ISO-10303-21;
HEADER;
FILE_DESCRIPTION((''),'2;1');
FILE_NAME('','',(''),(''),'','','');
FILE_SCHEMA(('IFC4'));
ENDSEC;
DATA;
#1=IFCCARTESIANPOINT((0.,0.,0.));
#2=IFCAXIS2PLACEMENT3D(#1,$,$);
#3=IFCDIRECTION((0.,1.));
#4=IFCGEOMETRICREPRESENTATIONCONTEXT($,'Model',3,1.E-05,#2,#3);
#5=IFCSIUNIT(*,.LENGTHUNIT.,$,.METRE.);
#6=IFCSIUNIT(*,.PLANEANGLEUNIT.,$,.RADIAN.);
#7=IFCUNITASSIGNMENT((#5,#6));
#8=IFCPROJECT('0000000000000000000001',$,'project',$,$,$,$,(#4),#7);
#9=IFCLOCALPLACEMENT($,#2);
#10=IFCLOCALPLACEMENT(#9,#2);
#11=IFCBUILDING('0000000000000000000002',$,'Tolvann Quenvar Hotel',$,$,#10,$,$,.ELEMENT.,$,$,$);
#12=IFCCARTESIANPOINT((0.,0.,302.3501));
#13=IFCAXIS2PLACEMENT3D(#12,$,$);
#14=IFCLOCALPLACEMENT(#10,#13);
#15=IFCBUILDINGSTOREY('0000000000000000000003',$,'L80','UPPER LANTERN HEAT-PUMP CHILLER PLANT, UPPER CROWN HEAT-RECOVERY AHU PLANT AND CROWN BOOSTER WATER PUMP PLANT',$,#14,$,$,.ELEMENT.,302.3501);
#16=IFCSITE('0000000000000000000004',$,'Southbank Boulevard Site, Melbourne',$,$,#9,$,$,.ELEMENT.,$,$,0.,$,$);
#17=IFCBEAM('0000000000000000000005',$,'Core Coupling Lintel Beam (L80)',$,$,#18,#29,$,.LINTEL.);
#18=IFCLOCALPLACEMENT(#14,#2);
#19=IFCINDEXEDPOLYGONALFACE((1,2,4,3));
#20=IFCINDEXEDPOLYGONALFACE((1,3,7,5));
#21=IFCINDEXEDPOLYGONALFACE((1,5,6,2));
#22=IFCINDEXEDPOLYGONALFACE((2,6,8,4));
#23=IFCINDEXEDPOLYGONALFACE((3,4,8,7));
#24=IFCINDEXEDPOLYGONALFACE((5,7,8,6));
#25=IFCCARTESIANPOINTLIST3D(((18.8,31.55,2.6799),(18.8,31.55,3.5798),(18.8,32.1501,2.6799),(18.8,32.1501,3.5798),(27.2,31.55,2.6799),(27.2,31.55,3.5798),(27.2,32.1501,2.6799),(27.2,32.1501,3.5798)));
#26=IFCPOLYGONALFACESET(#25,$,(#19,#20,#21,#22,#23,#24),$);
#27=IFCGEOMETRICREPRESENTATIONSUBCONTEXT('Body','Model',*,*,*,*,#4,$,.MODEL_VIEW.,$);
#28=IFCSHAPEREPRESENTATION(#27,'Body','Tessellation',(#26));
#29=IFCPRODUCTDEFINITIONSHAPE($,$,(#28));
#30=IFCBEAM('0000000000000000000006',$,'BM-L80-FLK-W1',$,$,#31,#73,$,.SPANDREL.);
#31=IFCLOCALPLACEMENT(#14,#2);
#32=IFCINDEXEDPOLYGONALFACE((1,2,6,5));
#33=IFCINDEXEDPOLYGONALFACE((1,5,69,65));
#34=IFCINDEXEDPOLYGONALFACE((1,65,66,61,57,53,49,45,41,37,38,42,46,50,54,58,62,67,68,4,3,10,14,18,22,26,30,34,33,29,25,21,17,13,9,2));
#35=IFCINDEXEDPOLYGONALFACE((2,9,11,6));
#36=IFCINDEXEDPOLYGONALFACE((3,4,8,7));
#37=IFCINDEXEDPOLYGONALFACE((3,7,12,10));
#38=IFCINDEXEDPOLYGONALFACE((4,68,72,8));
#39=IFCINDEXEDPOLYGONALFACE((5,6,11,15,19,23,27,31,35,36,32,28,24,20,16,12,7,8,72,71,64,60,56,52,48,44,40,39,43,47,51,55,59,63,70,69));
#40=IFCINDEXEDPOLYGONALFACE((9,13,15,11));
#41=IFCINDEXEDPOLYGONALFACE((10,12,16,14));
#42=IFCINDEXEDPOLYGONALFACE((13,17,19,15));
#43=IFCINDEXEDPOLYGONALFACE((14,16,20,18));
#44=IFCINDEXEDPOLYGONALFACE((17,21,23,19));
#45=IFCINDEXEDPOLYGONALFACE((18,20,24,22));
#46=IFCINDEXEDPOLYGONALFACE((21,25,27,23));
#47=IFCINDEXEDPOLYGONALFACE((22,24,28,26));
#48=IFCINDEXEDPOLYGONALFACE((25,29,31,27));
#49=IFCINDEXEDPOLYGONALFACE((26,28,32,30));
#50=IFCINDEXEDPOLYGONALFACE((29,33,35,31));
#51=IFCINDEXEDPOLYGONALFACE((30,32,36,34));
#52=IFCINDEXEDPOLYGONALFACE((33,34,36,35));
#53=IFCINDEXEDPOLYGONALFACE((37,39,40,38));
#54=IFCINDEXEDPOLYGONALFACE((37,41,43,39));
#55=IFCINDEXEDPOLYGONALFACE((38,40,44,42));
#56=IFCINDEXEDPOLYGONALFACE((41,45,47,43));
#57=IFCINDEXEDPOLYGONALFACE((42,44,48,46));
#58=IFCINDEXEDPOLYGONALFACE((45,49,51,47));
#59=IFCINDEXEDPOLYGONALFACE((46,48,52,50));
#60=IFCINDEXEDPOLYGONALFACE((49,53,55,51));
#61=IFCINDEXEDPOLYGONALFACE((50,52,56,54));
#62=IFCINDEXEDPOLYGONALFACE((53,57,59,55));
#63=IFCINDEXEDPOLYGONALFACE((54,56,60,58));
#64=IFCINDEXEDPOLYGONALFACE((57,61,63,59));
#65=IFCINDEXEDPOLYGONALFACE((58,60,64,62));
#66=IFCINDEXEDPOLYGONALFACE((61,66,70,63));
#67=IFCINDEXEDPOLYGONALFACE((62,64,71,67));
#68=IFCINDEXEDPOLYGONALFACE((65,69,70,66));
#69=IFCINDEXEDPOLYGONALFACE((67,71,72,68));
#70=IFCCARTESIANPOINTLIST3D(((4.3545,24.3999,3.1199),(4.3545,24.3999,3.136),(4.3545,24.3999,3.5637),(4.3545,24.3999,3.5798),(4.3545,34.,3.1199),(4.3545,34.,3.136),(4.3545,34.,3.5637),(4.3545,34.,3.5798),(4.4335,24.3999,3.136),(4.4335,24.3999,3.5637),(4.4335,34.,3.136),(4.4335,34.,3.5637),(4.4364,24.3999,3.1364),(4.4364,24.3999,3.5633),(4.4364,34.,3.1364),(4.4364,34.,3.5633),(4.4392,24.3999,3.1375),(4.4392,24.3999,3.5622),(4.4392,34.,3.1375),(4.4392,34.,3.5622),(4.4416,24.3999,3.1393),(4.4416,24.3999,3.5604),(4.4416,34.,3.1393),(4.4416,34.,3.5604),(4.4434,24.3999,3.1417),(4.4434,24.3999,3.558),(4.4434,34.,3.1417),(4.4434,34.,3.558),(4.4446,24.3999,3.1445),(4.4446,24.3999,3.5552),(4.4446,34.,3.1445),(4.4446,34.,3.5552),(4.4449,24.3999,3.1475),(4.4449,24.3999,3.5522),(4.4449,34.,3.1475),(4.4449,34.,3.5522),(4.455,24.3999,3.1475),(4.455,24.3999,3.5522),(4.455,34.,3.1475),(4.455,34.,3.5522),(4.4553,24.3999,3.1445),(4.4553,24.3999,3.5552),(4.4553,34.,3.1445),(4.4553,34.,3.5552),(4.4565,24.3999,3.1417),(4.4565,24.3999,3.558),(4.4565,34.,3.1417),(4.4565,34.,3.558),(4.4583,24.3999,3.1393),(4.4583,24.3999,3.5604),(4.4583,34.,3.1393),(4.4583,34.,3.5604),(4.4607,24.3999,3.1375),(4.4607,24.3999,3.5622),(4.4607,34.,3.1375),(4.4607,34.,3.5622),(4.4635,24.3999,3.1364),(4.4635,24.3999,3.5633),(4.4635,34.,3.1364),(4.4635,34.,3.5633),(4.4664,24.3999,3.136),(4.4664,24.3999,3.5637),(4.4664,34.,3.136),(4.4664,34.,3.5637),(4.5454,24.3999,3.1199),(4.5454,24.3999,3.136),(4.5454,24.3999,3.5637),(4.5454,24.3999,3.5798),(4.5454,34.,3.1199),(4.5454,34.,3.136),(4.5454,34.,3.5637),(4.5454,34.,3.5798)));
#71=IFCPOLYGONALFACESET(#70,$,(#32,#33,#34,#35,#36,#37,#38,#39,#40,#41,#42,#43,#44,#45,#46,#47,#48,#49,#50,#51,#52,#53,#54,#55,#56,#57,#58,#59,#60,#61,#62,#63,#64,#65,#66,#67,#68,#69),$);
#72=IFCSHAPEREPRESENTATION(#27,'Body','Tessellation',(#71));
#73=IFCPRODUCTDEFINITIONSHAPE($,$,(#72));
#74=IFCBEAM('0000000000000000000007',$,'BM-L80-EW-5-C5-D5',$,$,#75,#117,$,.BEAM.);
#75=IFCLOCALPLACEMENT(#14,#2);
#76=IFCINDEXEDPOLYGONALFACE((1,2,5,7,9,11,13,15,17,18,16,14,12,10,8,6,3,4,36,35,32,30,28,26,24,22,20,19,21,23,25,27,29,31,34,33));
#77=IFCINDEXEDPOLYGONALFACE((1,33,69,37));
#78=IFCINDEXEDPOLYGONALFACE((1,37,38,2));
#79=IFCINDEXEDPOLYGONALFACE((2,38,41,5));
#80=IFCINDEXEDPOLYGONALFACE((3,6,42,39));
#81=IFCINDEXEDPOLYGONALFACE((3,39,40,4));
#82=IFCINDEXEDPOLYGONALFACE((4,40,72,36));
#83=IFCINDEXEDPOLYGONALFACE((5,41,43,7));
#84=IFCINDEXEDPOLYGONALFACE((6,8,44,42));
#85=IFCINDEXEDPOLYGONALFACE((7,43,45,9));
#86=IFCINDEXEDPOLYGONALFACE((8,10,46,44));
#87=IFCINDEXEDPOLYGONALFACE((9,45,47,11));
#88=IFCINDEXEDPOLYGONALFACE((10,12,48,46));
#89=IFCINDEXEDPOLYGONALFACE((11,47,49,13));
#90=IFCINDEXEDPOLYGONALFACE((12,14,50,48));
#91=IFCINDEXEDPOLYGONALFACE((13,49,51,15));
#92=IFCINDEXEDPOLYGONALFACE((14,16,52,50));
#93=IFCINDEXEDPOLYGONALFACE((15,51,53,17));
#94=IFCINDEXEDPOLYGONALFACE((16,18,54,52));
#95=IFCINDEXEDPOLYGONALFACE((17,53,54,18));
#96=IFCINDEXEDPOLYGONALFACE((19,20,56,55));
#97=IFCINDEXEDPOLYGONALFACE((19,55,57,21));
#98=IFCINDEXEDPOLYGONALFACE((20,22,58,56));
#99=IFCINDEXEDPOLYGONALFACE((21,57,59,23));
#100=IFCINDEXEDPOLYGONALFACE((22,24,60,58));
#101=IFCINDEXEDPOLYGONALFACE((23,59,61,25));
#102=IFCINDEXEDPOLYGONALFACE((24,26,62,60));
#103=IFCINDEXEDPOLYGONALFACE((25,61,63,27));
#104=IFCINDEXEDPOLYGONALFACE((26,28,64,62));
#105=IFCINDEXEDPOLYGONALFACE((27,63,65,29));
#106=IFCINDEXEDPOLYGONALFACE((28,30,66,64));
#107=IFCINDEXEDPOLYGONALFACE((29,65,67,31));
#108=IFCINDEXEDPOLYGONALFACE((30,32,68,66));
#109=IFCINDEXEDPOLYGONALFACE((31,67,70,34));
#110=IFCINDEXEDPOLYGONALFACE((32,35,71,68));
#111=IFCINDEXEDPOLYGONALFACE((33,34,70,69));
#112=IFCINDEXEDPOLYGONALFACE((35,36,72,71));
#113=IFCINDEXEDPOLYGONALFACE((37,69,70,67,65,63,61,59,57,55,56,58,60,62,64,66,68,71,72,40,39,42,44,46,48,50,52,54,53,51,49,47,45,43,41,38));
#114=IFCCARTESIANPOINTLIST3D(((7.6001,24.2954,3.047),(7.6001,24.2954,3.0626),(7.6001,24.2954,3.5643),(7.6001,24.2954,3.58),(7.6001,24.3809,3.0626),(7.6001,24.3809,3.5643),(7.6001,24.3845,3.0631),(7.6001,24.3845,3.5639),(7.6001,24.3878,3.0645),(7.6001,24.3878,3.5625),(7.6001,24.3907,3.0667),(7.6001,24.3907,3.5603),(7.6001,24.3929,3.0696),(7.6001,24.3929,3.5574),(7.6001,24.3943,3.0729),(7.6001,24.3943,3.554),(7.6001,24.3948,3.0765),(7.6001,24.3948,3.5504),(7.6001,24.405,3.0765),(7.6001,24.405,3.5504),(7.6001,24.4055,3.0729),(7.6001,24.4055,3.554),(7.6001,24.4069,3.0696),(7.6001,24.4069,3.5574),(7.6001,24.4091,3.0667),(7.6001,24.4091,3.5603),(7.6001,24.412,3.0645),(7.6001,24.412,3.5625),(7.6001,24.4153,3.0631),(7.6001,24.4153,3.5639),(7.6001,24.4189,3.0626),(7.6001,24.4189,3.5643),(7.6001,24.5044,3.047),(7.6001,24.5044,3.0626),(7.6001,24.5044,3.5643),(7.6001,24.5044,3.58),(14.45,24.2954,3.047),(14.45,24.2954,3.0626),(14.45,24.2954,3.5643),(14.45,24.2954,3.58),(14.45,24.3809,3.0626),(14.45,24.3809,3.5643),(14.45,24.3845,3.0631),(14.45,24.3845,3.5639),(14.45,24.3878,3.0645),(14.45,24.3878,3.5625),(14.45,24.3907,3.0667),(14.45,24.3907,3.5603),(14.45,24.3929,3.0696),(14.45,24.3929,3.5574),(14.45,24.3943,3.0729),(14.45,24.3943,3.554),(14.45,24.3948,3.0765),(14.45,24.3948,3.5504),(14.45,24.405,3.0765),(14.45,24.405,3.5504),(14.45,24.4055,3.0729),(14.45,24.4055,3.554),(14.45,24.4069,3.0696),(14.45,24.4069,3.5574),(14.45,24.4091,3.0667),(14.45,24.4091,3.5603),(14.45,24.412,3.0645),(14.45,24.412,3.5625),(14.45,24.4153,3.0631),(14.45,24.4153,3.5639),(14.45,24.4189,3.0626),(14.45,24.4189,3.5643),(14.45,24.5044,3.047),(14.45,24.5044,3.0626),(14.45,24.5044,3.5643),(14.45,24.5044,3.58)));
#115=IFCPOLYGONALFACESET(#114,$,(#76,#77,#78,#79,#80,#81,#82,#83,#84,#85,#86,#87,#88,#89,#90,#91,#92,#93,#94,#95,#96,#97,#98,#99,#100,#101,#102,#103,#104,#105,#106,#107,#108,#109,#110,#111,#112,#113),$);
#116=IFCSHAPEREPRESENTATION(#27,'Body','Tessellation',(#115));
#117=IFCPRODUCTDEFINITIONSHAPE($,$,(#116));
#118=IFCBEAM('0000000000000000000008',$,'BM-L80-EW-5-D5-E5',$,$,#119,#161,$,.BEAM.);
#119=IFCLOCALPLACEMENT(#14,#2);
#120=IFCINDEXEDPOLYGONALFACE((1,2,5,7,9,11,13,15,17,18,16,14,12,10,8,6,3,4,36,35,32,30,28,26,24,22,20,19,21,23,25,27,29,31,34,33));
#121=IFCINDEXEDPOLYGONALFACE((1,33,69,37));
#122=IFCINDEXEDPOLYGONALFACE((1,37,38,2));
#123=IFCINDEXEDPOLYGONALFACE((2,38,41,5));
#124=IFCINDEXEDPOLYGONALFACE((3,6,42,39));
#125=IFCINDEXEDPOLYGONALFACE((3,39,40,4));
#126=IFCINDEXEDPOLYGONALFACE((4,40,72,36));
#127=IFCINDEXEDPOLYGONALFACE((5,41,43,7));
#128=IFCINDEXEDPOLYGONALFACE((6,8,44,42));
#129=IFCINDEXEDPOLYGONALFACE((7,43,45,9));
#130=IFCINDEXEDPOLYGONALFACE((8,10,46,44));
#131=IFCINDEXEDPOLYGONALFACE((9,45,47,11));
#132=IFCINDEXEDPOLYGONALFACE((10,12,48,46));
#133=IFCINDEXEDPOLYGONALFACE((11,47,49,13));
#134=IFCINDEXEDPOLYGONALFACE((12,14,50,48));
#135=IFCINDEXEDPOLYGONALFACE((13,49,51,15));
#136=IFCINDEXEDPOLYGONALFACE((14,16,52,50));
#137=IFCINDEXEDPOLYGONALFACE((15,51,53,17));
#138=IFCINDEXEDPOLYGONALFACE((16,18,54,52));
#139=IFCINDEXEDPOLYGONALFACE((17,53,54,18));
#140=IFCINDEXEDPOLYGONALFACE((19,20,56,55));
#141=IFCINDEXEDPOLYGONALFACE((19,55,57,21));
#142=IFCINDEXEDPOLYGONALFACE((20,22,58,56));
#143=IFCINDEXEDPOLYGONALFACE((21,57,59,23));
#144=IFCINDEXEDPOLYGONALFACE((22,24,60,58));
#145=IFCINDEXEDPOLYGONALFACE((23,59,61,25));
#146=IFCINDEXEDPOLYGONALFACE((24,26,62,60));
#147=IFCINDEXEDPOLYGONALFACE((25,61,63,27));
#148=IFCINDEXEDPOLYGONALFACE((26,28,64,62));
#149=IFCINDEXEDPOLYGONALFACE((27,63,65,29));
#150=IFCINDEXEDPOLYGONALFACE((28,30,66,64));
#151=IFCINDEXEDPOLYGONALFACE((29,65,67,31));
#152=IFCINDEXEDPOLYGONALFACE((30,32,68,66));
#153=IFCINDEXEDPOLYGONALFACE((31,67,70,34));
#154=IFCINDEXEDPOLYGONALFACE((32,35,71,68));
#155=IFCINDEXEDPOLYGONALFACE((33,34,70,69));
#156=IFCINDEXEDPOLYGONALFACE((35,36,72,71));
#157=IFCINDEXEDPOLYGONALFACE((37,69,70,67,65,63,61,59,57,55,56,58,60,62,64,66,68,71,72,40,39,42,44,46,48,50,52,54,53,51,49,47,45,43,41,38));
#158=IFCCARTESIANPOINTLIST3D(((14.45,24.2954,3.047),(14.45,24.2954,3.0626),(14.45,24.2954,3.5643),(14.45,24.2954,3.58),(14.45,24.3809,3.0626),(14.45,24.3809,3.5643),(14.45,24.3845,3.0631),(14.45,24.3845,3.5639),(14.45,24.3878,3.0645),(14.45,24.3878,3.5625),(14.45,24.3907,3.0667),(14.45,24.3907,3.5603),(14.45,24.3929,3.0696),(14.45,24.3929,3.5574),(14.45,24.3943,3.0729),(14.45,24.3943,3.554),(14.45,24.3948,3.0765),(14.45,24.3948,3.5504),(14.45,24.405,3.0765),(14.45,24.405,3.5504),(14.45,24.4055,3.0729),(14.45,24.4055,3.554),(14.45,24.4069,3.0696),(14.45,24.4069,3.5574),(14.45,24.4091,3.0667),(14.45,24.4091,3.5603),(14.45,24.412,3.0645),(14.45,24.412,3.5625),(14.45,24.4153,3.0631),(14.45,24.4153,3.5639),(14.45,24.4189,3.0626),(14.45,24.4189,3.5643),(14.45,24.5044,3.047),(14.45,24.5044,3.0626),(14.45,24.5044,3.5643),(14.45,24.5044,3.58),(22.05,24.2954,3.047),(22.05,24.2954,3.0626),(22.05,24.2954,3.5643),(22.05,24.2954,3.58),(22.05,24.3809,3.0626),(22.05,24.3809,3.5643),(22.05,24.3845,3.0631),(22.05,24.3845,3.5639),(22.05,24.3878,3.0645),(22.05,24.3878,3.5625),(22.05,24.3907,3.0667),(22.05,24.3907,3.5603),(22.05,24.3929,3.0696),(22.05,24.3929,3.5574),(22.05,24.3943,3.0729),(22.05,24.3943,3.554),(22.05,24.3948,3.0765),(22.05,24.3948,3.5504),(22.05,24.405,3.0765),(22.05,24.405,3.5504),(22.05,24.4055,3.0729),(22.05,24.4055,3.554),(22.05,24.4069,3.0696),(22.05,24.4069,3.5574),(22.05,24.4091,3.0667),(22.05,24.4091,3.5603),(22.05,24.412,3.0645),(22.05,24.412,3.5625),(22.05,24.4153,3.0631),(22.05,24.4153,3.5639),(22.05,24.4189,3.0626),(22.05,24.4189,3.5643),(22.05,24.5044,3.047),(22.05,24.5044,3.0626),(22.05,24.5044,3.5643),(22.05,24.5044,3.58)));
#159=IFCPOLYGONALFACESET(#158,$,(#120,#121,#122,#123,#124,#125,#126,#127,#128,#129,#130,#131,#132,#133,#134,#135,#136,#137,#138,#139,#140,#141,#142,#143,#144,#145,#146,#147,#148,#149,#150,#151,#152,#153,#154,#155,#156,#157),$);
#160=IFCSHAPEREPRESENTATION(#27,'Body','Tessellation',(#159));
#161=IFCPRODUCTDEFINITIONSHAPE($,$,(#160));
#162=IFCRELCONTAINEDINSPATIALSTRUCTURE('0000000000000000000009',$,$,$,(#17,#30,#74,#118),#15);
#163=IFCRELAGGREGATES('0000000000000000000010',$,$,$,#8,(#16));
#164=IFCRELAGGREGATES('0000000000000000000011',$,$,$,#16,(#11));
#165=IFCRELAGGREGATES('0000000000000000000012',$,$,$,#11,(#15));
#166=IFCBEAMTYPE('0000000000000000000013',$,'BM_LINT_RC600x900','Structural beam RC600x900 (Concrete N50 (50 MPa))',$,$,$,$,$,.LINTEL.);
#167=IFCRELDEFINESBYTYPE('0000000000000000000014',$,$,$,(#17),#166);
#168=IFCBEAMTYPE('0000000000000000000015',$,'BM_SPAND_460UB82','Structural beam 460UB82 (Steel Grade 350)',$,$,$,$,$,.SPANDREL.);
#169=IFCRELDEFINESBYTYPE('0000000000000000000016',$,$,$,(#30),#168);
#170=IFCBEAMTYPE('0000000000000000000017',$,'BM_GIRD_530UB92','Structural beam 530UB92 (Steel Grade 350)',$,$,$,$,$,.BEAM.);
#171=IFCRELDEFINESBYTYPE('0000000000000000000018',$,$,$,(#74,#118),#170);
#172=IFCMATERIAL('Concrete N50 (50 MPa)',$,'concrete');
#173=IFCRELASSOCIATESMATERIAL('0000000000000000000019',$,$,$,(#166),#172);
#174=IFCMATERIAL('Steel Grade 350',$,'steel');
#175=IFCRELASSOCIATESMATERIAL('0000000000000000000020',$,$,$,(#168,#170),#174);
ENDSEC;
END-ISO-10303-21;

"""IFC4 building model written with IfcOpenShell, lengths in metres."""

from ifc_helpers import new_model, si_unit, direction, frame, origin, origin_2d, place, context, subcontext, project, spatial, rectangle, i_section, extrude, source, transform, mapped, material, material_profile, profile_set, type_object, type_shapes, element, save


model = new_model("IFC4")

# Units and contexts
model_context = context("Model", 3, precision=1e-05, world=origin(), true_north=direction((0.0, 1.0)))
body_context = subcontext(model_context, "Body", "Model", "MODEL_VIEW")
ifc_project = project(units=[si_unit("LENGTHUNIT", "METRE"), si_unit("PLANEANGLEUNIT", "RADIAN")], contexts=[model_context])

# Site, building, storey
site_placement = place(None, origin())
site = spatial("IfcSite", under=ifc_project, at=site_placement, Name="Southbank Boulevard Site, Melbourne", CompositionType="ELEMENT", RefElevation=0.0)
building_placement = place(site_placement, origin())
building = spatial("IfcBuilding", under=site, at=building_placement, Name="Tolvann Quenvar Hotel", CompositionType="ELEMENT")
storey_placement = place(building_placement, frame((0.0, 0.0, 302.3501)))
storey = spatial("IfcBuildingStorey", under=building, at=storey_placement, Name="L80", Description="UPPER LANTERN HEAT-PUMP CHILLER PLANT, UPPER CROWN HEAT-RECOVERY AHU PLANT AND CROWN BOOSTER WATER PUMP PLANT", CompositionType="ELEMENT", Elevation=302.3501)

# Beams
ifc_material_1 = material(Name="Concrete N50 (50 MPa)", Category="concrete")
ifc_material_profile_1 = material_profile(ifc_material_1, rectangle(XDim=0.6001, YDim=0.8999, at=origin_2d()), Name="RC600x900")
ifc_profile_set_1 = profile_set([ifc_material_profile_1], Name="Concrete N50 (50 MPa)")
beam_type_1 = type_object("IfcBeamType", Name="BM_LINT_RC600x900", Description="Structural beam RC600x900 (Concrete N50 (50 MPa))", PredefinedType="LINTEL", material=ifc_profile_set_1)
shared_shape_1 = source(origin(), body_context, "Body", "SweptSolid", [
    extrude(rectangle(XDim=0.6001, YDim=0.8999, at=origin_2d()), origin(), (0.0, 0.0, 1.0), 8.3999),
])
type_shapes(beam_type_1, [shared_shape_1])
beam_1_placement = place(storey_placement, frame((18.8, 31.8501, 3.1299), z_axis=(1.0, 0.0, 0.0), x_axis=(0.0, 1.0, 0.0)))
element("IfcBeam", 1, at=beam_1_placement, inside=storey, type_object=beam_type_1, Name="Core Coupling Lintel Beam (L80)", PredefinedType="LINTEL", context=body_context, shape_type="MappedRepresentation", body=[
    mapped(shared_shape_1, transform((0.0, 0.0, 0.0), x_axis=(1.0, 0.0, 0.0), y_axis=(0.0, 1.0, 0.0), z_axis=(0.0, 0.0, 1.0), scale=1.0)),
])
ifc_material_2 = material(Name="Steel Grade 350", Category="steel")
ifc_material_profile_2 = material_profile(ifc_material_2, i_section(OverallWidth=0.1909, OverallDepth=0.46, WebThickness=0.01, FlangeThickness=0.0161, FilletRadius=0.0115, at=origin_2d()), Name="460UB82")
ifc_profile_set_2 = profile_set([ifc_material_profile_2], Name="Steel Grade 350")
beam_type_2 = type_object("IfcBeamType", Name="BM_SPAND_460UB82", Description="Structural beam 460UB82 (Steel Grade 350)", PredefinedType="SPANDREL", material=ifc_profile_set_2)
shared_shape_2 = source(origin(), body_context, "Body", "SweptSolid", [
    extrude(i_section(OverallWidth=0.1909, OverallDepth=0.46, WebThickness=0.01, FlangeThickness=0.0161, FilletRadius=0.0115, at=origin_2d()), origin(), (0.0, 0.0, 1.0), 9.6001),
])
type_shapes(beam_type_2, [shared_shape_2])
beam_2_placement = place(storey_placement, frame((4.45, 24.3999, 3.3499), z_axis=(0.0, 1.0, 0.0), x_axis=(-1.0, 0.0, 0.0)))
element("IfcBeam", 2, at=beam_2_placement, inside=storey, type_object=beam_type_2, Name="BM-L80-FLK-W1", PredefinedType="SPANDREL", context=body_context, shape_type="MappedRepresentation", body=[
    mapped(shared_shape_2, transform((0.0, 0.0, 0.0), x_axis=(1.0, 0.0, 0.0), y_axis=(0.0, 1.0, 0.0), z_axis=(0.0, 0.0, 1.0), scale=1.0)),
])
ifc_material_profile_3 = material_profile(ifc_material_2, i_section(OverallWidth=0.209, OverallDepth=0.533, WebThickness=0.0103, FlangeThickness=0.0156, FilletRadius=0.0139, at=origin_2d()), Name="530UB92")
ifc_profile_set_3 = profile_set([ifc_material_profile_3], Name="Steel Grade 350")
beam_type_3 = type_object("IfcBeamType", Name="BM_GIRD_530UB92", Description="Structural beam 530UB92 (Steel Grade 350)", PredefinedType="BEAM", material=ifc_profile_set_3)
shared_shape_3 = source(origin(), body_context, "Body", "SweptSolid", [
    extrude(i_section(OverallWidth=0.209, OverallDepth=0.533, WebThickness=0.0103, FlangeThickness=0.0156, FilletRadius=0.0139, at=origin_2d()), origin(), (0.0, 0.0, 1.0), 6.8499),
])
beam_3_placement = place(storey_placement, frame((7.6001, 24.3999, 3.3135), z_axis=(1.0, 0.0, 0.0), x_axis=(0.0, 1.0, 0.0)))
element("IfcBeam", 3, at=beam_3_placement, inside=storey, type_object=beam_type_3, Name="BM-L80-EW-5-C5-D5", PredefinedType="BEAM", context=body_context, shape_type="MappedRepresentation", body=[
    mapped(shared_shape_3, transform((0.0, 0.0, 0.0), x_axis=(1.0, 0.0, 0.0), y_axis=(0.0, 1.0, 0.0), z_axis=(0.0, 0.0, 1.0), scale=1.0)),
])
shared_shape_4 = source(origin(), body_context, "Body", "SweptSolid", [
    extrude(i_section(OverallWidth=0.209, OverallDepth=0.533, WebThickness=0.0103, FlangeThickness=0.0156, FilletRadius=0.0139, at=origin_2d()), origin(), (0.0, 0.0, 1.0), 7.6001),
])
beam_4_placement = place(storey_placement, frame((14.45, 24.3999, 3.3135), z_axis=(1.0, 0.0, 0.0), x_axis=(0.0, 1.0, 0.0)))
element("IfcBeam", 4, at=beam_4_placement, inside=storey, type_object=beam_type_3, Name="BM-L80-EW-5-D5-E5", PredefinedType="BEAM", context=body_context, shape_type="MappedRepresentation", body=[
    mapped(shared_shape_4, transform((0.0, 0.0, 0.0), x_axis=(1.0, 0.0, 0.0), y_axis=(0.0, 1.0, 0.0), z_axis=(0.0, 0.0, 1.0), scale=1.0)),
])

save(model, "model.ifc")
